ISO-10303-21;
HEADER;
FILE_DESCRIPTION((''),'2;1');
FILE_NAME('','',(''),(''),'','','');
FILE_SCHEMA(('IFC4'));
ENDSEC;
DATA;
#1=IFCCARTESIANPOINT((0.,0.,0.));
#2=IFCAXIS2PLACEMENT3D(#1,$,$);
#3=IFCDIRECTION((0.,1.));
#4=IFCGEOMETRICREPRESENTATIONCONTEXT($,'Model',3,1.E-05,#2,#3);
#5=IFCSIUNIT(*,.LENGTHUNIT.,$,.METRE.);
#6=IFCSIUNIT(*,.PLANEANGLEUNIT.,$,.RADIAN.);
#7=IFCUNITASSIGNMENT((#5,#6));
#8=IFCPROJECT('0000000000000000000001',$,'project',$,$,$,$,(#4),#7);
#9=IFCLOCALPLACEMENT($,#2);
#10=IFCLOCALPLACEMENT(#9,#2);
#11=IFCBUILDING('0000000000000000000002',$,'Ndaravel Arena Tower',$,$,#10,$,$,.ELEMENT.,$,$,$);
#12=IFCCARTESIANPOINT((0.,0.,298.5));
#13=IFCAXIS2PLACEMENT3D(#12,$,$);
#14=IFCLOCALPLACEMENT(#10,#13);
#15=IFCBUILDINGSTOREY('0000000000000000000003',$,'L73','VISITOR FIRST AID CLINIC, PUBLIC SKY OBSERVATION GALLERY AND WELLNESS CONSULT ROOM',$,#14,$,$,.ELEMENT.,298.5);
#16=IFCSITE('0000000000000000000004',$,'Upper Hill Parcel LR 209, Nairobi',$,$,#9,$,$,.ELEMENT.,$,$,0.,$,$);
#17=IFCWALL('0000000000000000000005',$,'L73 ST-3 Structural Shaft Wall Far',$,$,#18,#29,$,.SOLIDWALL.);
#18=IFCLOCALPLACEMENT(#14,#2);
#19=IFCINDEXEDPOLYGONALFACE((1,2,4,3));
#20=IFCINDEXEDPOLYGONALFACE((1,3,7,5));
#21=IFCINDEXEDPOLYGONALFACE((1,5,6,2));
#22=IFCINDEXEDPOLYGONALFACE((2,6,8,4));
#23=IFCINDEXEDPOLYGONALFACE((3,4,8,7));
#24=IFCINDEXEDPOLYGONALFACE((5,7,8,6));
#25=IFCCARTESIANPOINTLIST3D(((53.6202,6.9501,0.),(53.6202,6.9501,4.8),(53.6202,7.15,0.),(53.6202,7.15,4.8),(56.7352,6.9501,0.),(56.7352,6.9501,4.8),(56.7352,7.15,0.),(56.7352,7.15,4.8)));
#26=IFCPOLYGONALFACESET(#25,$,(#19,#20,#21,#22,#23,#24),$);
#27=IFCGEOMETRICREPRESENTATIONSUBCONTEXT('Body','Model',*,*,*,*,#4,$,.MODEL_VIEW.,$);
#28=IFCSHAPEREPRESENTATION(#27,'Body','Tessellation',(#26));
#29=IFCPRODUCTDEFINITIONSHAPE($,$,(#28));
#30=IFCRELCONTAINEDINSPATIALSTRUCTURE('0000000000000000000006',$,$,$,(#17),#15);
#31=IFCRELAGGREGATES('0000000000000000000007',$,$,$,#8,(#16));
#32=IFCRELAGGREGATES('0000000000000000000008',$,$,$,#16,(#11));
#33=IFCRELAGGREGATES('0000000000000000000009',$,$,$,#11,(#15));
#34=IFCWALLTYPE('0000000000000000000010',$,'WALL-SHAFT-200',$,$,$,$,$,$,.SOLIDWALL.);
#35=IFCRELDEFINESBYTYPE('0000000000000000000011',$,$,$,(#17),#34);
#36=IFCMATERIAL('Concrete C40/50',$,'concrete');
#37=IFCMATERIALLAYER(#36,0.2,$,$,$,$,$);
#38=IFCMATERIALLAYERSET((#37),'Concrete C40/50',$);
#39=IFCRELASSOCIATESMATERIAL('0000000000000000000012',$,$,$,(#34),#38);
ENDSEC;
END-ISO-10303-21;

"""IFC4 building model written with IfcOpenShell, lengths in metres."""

from ifc_helpers import new_model, si_unit, direction, frame, frame_2d, origin, place, context, subcontext, project, spatial, rectangle, extrude, material, layer, layer_set, type_object, element, save


model = new_model("IFC4")

# Units and contexts
model_context = context("Model", 3, precision=1e-05, world=origin(), true_north=direction((0.0, 1.0)))
body_context = subcontext(model_context, "Body", "Model", "MODEL_VIEW")
ifc_project = project(units=[si_unit("LENGTHUNIT", "METRE"), si_unit("PLANEANGLEUNIT", "RADIAN")], contexts=[model_context])

# Site, building, storey
site_placement = place(None, origin())
site = spatial("IfcSite", under=ifc_project, at=site_placement, Name="Upper Hill Parcel LR 209, Nairobi", CompositionType="ELEMENT", RefElevation=0.0)
building_placement = place(site_placement, origin())
building = spatial("IfcBuilding", under=site, at=building_placement, Name="Ndaravel Arena Tower", CompositionType="ELEMENT")
storey_placement = place(building_placement, frame((0.0, 0.0, 298.5)))
storey = spatial("IfcBuildingStorey", under=building, at=storey_placement, Name="L73", Description="VISITOR FIRST AID CLINIC, PUBLIC SKY OBSERVATION GALLERY AND WELLNESS CONSULT ROOM", CompositionType="ELEMENT", Elevation=298.5)

# Wall
ifc_material_1 = material(Name="Concrete C40/50", Category="concrete")
ifc_layer_1 = layer(ifc_material_1, 0.2)
ifc_layer_set_1 = layer_set([ifc_layer_1], Name="Concrete C40/50")
wall_type_1 = type_object("IfcWallType", Name="WALL-SHAFT-200", PredefinedType="SOLIDWALL", material=ifc_layer_set_1)
wall_1_placement = place(storey_placement, frame((53.6201, 7.05, 0.0), z_axis=(0.0, 0.0, 1.0), x_axis=(1.0, 0.0, 0.0)))
element("IfcWall", 1, at=wall_1_placement, inside=storey, type_object=wall_type_1, Name="L73 ST-3 Structural Shaft Wall Far", PredefinedType="SOLIDWALL", context=body_context, shape_type="SweptSolid", body=[
    extrude(rectangle(XDim=3.115, YDim=0.2, at=frame_2d((1.5576, 0.0))), origin(), (0.0, 0.0, 1.0), 4.8),
])

save(model, "model.ifc")
